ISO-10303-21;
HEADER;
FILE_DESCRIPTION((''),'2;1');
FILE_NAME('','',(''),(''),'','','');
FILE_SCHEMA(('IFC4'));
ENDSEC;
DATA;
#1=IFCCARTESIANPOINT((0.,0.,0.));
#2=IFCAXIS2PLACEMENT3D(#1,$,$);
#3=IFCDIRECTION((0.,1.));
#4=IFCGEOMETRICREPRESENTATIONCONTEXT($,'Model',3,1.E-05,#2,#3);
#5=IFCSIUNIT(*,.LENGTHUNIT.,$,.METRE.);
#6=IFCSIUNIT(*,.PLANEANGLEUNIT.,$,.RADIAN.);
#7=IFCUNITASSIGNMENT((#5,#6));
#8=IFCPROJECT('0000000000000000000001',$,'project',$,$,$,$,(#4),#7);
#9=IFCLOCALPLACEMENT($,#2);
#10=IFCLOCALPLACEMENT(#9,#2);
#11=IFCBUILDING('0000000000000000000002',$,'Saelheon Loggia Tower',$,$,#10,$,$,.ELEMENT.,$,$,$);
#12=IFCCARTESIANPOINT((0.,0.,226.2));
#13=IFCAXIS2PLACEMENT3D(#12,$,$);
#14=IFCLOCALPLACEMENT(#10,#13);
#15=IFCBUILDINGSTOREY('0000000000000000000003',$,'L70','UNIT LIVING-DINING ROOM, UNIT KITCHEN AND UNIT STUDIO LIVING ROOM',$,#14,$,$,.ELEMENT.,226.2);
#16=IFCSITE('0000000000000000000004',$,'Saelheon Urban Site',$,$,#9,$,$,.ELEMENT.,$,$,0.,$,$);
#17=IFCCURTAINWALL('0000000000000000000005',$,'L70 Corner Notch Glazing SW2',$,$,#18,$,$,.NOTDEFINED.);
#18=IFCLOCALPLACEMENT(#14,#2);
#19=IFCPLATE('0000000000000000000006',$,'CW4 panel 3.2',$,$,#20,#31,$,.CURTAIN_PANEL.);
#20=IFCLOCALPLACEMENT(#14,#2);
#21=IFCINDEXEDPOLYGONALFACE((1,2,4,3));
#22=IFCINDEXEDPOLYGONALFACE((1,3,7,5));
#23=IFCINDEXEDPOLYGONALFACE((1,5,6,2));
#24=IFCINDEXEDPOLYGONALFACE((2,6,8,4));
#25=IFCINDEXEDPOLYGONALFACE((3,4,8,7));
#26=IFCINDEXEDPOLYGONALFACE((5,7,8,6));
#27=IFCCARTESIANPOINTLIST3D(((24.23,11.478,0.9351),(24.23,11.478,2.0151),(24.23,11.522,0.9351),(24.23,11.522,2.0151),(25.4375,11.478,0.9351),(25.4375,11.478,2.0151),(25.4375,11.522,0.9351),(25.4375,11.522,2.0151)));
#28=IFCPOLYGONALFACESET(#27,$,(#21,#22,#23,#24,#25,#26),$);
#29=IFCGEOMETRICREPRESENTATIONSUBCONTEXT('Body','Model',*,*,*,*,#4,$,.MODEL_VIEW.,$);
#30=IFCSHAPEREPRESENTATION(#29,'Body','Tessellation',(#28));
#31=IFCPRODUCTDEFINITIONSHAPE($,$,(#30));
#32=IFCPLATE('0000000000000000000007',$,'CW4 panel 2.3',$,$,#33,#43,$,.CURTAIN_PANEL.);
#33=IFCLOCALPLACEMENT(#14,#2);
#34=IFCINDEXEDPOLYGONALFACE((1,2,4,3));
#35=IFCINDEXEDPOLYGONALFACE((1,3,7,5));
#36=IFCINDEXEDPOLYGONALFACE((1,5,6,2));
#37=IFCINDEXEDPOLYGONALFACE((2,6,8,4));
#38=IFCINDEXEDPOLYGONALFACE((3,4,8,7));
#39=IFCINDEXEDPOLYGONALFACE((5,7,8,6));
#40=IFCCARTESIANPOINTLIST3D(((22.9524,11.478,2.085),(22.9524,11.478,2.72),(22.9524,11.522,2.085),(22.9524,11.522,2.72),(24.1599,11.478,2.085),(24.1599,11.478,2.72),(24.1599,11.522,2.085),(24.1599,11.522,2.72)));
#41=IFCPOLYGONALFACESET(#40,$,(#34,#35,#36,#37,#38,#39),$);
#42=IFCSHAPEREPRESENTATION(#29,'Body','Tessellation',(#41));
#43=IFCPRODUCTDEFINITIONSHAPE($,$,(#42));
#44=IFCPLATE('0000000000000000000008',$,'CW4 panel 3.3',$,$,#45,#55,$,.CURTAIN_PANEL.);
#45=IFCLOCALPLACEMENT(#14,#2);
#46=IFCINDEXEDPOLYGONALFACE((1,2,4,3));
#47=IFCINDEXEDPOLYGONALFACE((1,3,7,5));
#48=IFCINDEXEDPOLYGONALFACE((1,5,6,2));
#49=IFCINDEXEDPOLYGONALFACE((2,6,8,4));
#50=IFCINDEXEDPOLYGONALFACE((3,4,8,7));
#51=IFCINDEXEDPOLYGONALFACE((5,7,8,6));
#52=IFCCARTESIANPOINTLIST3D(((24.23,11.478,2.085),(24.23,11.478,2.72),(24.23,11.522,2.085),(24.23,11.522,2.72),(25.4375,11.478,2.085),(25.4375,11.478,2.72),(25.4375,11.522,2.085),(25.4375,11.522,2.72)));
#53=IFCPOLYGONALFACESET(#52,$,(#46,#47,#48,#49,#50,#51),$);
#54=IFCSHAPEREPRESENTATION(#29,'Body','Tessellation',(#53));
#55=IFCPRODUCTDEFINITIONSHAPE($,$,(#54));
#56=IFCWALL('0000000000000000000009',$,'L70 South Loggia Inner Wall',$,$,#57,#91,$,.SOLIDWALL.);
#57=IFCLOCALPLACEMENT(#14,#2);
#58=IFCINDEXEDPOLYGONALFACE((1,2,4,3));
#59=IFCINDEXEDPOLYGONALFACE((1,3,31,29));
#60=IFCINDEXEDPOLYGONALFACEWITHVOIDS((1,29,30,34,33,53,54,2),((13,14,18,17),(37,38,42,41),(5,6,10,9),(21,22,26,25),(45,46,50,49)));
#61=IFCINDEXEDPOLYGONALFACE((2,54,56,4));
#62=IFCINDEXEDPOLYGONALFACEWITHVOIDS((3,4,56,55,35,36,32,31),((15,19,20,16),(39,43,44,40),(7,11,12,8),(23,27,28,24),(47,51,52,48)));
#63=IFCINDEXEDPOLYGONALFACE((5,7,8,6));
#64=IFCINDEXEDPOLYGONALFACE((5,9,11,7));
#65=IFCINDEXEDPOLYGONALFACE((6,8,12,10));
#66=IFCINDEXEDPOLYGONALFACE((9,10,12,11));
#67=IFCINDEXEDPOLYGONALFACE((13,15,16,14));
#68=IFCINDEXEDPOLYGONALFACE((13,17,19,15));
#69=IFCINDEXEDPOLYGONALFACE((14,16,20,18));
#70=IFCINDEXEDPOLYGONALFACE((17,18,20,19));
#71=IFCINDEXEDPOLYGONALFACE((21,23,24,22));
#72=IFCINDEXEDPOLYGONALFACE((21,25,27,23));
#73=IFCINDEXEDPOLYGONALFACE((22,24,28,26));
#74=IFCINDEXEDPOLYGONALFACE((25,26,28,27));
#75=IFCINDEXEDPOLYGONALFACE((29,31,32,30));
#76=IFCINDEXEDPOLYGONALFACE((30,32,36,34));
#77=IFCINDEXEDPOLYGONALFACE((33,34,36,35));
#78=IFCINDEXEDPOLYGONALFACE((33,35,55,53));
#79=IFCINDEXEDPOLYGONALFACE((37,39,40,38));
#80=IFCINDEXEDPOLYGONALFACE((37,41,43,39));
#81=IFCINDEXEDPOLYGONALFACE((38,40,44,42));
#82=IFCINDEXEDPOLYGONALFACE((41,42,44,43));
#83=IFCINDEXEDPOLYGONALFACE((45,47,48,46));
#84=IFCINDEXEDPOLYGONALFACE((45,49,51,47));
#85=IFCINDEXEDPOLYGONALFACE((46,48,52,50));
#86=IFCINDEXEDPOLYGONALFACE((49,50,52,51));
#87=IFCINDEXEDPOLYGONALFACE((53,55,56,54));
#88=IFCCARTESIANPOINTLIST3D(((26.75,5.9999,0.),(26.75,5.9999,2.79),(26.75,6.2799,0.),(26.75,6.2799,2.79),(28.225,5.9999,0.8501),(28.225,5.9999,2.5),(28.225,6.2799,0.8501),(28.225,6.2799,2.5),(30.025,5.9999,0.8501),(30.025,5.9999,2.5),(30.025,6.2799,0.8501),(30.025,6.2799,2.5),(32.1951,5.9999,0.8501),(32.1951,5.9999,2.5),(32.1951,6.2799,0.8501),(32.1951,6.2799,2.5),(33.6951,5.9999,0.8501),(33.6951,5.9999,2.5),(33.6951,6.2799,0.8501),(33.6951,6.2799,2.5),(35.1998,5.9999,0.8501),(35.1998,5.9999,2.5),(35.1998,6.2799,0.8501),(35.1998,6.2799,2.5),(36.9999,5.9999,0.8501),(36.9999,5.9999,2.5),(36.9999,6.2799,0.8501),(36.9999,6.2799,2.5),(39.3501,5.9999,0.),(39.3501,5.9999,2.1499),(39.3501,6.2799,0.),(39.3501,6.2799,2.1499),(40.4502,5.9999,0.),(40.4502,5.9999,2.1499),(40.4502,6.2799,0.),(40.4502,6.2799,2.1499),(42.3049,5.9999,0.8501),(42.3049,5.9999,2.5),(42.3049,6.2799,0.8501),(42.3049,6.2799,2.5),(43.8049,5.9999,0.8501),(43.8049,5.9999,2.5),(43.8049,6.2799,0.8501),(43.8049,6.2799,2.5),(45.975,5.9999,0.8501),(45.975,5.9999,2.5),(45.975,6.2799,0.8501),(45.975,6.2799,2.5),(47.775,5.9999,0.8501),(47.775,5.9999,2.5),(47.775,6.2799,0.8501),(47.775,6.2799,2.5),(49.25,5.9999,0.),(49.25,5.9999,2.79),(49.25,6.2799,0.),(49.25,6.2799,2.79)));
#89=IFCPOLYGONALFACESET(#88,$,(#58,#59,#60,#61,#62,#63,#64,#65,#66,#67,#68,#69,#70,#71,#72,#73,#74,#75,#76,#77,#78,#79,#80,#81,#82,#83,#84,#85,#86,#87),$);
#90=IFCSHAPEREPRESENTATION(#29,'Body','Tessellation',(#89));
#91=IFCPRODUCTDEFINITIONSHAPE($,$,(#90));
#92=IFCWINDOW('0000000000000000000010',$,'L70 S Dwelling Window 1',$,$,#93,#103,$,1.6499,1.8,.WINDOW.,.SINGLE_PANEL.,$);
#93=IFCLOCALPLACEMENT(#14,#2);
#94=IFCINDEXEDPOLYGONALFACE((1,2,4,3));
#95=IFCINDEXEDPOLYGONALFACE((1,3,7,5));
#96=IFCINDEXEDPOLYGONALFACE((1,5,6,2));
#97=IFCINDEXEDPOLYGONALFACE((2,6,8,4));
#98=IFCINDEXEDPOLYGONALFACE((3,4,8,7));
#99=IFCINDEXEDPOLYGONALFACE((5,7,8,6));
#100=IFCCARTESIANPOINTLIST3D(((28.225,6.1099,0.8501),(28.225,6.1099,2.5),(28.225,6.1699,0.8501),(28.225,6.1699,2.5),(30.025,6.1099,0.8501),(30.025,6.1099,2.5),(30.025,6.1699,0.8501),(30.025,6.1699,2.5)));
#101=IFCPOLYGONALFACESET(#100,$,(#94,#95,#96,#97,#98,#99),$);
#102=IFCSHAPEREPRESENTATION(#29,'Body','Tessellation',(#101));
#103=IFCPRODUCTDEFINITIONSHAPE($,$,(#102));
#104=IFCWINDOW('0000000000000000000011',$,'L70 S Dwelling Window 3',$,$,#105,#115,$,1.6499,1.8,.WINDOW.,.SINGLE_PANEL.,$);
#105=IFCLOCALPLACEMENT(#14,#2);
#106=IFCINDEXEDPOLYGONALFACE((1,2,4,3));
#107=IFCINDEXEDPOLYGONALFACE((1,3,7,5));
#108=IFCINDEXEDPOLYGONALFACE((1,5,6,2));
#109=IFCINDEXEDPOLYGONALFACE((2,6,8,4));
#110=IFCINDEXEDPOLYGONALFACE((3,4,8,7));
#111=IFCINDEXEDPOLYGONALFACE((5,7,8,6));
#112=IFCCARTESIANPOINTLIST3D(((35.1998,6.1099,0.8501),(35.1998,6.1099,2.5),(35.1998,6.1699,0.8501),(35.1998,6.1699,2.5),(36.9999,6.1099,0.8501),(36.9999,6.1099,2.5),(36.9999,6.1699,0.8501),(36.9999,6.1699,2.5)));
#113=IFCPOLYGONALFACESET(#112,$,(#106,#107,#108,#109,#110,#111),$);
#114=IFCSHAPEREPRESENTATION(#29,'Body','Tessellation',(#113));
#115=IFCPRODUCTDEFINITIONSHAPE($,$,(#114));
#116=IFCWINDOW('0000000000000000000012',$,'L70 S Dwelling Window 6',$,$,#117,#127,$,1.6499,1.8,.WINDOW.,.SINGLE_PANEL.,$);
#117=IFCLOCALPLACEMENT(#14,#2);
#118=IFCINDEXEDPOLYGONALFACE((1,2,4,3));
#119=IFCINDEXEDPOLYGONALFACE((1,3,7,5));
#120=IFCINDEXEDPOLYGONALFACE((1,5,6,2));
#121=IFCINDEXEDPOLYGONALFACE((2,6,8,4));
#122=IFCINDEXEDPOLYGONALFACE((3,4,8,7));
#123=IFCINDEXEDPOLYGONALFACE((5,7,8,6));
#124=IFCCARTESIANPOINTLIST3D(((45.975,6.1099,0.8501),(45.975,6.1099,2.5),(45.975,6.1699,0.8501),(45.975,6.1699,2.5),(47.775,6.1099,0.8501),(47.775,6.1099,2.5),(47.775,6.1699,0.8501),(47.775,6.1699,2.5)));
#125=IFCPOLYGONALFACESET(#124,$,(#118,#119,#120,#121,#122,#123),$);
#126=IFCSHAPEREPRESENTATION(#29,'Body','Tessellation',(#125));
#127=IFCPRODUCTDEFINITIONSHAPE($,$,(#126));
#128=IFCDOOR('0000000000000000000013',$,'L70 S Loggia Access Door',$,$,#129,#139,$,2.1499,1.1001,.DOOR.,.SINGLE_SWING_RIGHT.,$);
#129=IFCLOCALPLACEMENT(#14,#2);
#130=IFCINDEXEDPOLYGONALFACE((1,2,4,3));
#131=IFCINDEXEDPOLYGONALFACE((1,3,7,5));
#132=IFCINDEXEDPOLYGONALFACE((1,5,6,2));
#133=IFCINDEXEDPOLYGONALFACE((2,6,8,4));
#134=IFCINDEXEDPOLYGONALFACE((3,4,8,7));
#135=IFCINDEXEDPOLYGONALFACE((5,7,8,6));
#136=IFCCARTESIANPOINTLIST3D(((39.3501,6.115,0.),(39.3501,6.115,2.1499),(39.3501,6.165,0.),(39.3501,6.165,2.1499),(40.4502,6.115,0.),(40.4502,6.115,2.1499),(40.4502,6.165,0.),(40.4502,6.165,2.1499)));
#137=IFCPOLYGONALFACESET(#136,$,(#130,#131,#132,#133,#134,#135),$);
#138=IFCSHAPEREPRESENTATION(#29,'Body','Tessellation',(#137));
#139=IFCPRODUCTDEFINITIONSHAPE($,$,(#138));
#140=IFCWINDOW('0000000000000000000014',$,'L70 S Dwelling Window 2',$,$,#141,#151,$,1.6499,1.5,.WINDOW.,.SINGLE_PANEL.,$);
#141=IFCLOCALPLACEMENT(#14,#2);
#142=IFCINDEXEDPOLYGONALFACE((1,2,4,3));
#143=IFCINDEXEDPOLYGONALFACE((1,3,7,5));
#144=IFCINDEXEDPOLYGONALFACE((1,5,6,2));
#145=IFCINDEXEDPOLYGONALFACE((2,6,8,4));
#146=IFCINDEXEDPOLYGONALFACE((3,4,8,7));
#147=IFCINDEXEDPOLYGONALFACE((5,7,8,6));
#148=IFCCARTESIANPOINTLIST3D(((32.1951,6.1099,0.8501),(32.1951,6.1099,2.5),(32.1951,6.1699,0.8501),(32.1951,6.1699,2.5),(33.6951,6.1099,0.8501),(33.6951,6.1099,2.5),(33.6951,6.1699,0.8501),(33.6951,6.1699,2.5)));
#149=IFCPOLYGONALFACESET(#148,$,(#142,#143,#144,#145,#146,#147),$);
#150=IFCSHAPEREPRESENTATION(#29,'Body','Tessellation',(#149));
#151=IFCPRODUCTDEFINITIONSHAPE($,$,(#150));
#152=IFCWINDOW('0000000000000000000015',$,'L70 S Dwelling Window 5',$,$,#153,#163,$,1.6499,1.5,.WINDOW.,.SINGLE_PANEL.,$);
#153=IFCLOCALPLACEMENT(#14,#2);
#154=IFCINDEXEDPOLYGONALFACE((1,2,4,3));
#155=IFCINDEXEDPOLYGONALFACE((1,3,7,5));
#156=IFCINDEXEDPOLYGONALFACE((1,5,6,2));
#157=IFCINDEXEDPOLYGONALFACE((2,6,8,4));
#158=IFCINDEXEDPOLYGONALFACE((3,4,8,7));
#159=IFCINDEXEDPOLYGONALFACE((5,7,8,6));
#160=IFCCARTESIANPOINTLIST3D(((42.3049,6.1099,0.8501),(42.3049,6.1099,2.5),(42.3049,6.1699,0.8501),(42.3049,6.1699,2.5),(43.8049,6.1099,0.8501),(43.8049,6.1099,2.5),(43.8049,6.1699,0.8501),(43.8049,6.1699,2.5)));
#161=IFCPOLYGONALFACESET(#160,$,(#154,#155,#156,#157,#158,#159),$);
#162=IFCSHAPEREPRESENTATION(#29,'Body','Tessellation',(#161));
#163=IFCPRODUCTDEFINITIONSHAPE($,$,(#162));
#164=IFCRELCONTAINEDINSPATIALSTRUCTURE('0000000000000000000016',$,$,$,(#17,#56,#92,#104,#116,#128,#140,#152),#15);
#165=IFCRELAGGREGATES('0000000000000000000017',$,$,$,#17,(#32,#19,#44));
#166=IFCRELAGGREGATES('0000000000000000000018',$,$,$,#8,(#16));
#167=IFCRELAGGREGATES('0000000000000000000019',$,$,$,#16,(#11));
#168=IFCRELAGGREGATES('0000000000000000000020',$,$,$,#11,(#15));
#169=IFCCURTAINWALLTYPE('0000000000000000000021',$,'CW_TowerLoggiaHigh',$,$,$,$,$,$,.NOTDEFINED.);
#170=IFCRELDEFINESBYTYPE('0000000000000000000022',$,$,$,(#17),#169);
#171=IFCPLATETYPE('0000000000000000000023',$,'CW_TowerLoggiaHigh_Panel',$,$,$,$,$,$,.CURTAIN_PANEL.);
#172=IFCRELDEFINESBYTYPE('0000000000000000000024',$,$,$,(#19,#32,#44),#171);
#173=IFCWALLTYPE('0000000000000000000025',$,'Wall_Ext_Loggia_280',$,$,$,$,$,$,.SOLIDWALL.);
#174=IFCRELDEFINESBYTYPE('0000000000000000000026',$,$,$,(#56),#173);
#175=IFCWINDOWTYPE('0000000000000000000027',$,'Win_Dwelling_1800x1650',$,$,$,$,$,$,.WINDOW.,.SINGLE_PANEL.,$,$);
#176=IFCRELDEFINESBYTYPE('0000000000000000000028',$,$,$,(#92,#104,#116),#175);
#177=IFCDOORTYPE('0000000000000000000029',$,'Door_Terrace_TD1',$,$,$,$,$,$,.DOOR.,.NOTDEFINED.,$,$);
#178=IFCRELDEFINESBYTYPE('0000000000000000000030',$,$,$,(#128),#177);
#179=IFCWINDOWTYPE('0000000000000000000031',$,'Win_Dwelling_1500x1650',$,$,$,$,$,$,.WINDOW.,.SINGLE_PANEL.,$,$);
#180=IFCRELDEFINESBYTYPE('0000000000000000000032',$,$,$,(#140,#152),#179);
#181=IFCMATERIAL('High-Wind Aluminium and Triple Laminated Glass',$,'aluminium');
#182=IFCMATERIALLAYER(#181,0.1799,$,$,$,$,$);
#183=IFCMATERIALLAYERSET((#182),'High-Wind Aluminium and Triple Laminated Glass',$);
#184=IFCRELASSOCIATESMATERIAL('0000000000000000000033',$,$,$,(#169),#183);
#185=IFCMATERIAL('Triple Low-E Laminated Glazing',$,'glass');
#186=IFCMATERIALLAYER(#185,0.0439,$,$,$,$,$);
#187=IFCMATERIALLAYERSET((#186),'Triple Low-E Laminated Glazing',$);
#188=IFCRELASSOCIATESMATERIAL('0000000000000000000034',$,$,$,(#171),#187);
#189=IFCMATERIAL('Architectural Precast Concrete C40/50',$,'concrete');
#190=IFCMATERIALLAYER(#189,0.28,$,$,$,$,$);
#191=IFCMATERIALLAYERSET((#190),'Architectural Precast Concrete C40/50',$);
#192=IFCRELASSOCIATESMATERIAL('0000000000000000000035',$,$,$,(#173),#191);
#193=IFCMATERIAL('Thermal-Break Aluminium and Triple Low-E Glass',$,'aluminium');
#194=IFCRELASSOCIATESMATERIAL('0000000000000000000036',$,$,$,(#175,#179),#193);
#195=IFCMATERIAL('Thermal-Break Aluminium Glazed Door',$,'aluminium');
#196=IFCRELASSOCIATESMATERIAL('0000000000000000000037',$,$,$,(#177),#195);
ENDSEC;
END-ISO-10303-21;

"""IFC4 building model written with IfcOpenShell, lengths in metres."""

from ifc_helpers import new_model, si_unit, direction, frame, frame_2d, origin, origin_2d, place, context, subcontext, project, spatial, rectangle, extrude, source, transform, mapped, material, layer, layer_set, type_object, element, fill, aggregate, save


model = new_model("IFC4")

# Units and contexts
model_context = context("Model", 3, precision=1e-05, world=origin(), true_north=direction((0.0, 1.0)))
body_context = subcontext(model_context, "Body", "Model", "MODEL_VIEW")
ifc_project = project(units=[si_unit("LENGTHUNIT", "METRE"), si_unit("PLANEANGLEUNIT", "RADIAN")], contexts=[model_context])

# Site, building, storey
site_placement = place(None, origin())
site = spatial("IfcSite", under=ifc_project, at=site_placement, Name="Saelheon Urban Site", CompositionType="ELEMENT", RefElevation=0.0)
building_placement = place(site_placement, origin())
building = spatial("IfcBuilding", under=site, at=building_placement, Name="Saelheon Loggia Tower", CompositionType="ELEMENT")
storey_placement = place(building_placement, frame((0.0, 0.0, 226.2)))
storey = spatial("IfcBuildingStorey", under=building, at=storey_placement, Name="L70", Description="UNIT LIVING-DINING ROOM, UNIT KITCHEN AND UNIT STUDIO LIVING ROOM", CompositionType="ELEMENT", Elevation=226.2)

# Shared definitions
ifc_material_1 = material(Name="High-Wind Aluminium and Triple Laminated Glass", Category="aluminium")
ifc_layer_1 = layer(ifc_material_1, 0.1799)
ifc_layer_set_1 = layer_set([ifc_layer_1], Name="High-Wind Aluminium and Triple Laminated Glass")
curtain_wall_type = type_object("IfcCurtainWallType", Name="CW_TowerLoggiaHigh", PredefinedType="NOTDEFINED", material=ifc_layer_set_1)

# Curtain wall
curtain_wall_1_placement = place(storey_placement, origin())
curtain_wall_1 = element("IfcCurtainWall", 1, at=curtain_wall_1_placement, inside=storey, type_object=curtain_wall_type, Name="L70 Corner Notch Glazing SW2", PredefinedType="NOTDEFINED")

# Plates
ifc_material_2 = material(Name="Triple Low-E Laminated Glazing", Category="glass")
ifc_layer_2 = layer(ifc_material_2, 0.0439)
ifc_layer_set_2 = layer_set([ifc_layer_2], Name="Triple Low-E Laminated Glazing")
plate_type = type_object("IfcPlateType", Name="CW_TowerLoggiaHigh_Panel", PredefinedType="CURTAIN_PANEL", material=ifc_layer_set_2)
shared_shape_1 = source(origin(), body_context, "Body", "SweptSolid", [
    extrude(rectangle(XDim=1.2075, YDim=0.0439, at=origin_2d()), origin(), (0.0, 0.0, 1.0), 1.0801),
])
plate_1_placement = place(storey_placement, frame((24.8337, 11.5, 0.9351), z_axis=(0.0, 0.0, 1.0), x_axis=(1.0, 0.0, 0.0)))
plate_1 = element("IfcPlate", 2, at=plate_1_placement, type_object=plate_type, Name="CW4 panel 3.2", PredefinedType="CURTAIN_PANEL", context=body_context, shape_type="MappedRepresentation", body=[
    mapped(shared_shape_1, transform((0.0, 0.0, 0.0), scale=1.0)),
])
shared_shape_2 = source(origin(), body_context, "Body", "SweptSolid", [
    extrude(rectangle(XDim=1.2075, YDim=0.0439, at=origin_2d()), origin(), (0.0, 0.0, 1.0), 0.635),
])
plate_2_placement = place(storey_placement, frame((23.5562, 11.5, 2.085), z_axis=(0.0, 0.0, 1.0), x_axis=(1.0, 0.0, 0.0)))
plate_2 = element("IfcPlate", 3, at=plate_2_placement, type_object=plate_type, Name="CW4 panel 2.3", PredefinedType="CURTAIN_PANEL", context=body_context, shape_type="MappedRepresentation", body=[
    mapped(shared_shape_2, transform((0.0, 0.0, 0.0), scale=1.0)),
])
plate_3_placement = place(storey_placement, frame((24.8337, 11.5, 2.085), z_axis=(0.0, 0.0, 1.0), x_axis=(1.0, 0.0, 0.0)))
plate_3 = element("IfcPlate", 4, at=plate_3_placement, type_object=plate_type, Name="CW4 panel 3.3", PredefinedType="CURTAIN_PANEL", context=body_context, shape_type="MappedRepresentation", body=[
    mapped(shared_shape_2, transform((0.0, 0.0, 0.0), scale=1.0)),
])
aggregate(curtain_wall_1, [plate_2, plate_1, plate_3])

# Wall, openings, windows, door
ifc_material_3 = material(Name="Architectural Precast Concrete C40/50", Category="concrete")
ifc_layer_3 = layer(ifc_material_3, 0.28)
ifc_layer_set_3 = layer_set([ifc_layer_3], Name="Architectural Precast Concrete C40/50")
wall_type = type_object("IfcWallType", Name="Wall_Ext_Loggia_280", PredefinedType="SOLIDWALL", material=ifc_layer_set_3)
wall_placement = place(storey_placement, frame((26.75, 6.1399, 0.0), z_axis=(0.0, 0.0, 1.0), x_axis=(1.0, 0.0, 0.0)))
wall = element("IfcWall", 5, at=wall_placement, inside=storey, type_object=wall_type, Name="L70 South Loggia Inner Wall", PredefinedType="SOLIDWALL", context=body_context, shape_type="SweptSolid", body=[
    extrude(rectangle(XDim=22.5, YDim=0.28, at=frame_2d((11.25, 0.0))), origin(), (0.0, 0.0, 1.0), 2.79),
])
opening_1_placement = place(wall_placement, frame((1.4751, 0.0, 0.8501)))
opening_1 = element("IfcOpeningElement", 6, at=opening_1_placement, cuts=wall, PredefinedType="OPENING", context=body_context, shape_type="SweptSolid", body=[
    extrude(rectangle(XDim=1.8, YDim=1.6499, at=frame_2d((0.8999, 0.825))), frame((0.0, 0.1521, 0.0), z_axis=(0.0, -1.0, 0.0), x_axis=(1.0, 0.0, 0.0)), (0.0, 0.0, 1.0), 0.304),
])
opening_2_placement = place(wall_placement, frame((5.4451, 0.0, 0.8501)))
opening_2 = element("IfcOpeningElement", 7, at=opening_2_placement, cuts=wall, PredefinedType="OPENING", context=body_context, shape_type="SweptSolid", body=[
    extrude(rectangle(XDim=1.5, YDim=1.6499, at=frame_2d((0.75, 0.825))), frame((0.0, 0.1521, 0.0), z_axis=(0.0, -1.0, 0.0), x_axis=(1.0, 0.0, 0.0)), (0.0, 0.0, 1.0), 0.304),
])
opening_3_placement = place(wall_placement, frame((8.45, 0.0, 0.8501)))
opening_3 = element("IfcOpeningElement", 8, at=opening_3_placement, cuts=wall, PredefinedType="OPENING", context=body_context, shape_type="SweptSolid", body=[
    extrude(rectangle(XDim=1.8, YDim=1.6499, at=frame_2d((0.8999, 0.825))), frame((0.0, 0.1521, 0.0), z_axis=(0.0, -1.0, 0.0), x_axis=(1.0, 0.0, 0.0)), (0.0, 0.0, 1.0), 0.304),
])
opening_4_placement = place(wall_placement, frame((13.7002, 0.0, 0.0), z_axis=(0.0, 0.0, 1.0), x_axis=(-1.0, 0.0, 0.0)))
opening_4 = element("IfcOpeningElement", 9, at=opening_4_placement, cuts=wall, PredefinedType="OPENING", context=body_context, shape_type="SweptSolid", body=[
    extrude(rectangle(XDim=1.1001, YDim=2.1499, at=frame_2d((0.55, 1.075))), frame((0.0, 0.1521, 0.0), z_axis=(0.0, -1.0, 0.0), x_axis=(1.0, 0.0, 0.0)), (0.0, 0.0, 1.0), 0.304),
])
opening_5_placement = place(wall_placement, frame((15.5549, 0.0, 0.8501)))
opening_5 = element("IfcOpeningElement", 10, at=opening_5_placement, cuts=wall, PredefinedType="OPENING", context=body_context, shape_type="SweptSolid", body=[
    extrude(rectangle(XDim=1.5, YDim=1.6499, at=frame_2d((0.75, 0.825))), frame((0.0, 0.1521, 0.0), z_axis=(0.0, -1.0, 0.0), x_axis=(1.0, 0.0, 0.0)), (0.0, 0.0, 1.0), 0.304),
])
opening_6_placement = place(wall_placement, frame((19.2251, 0.0, 0.8501)))
opening_6 = element("IfcOpeningElement", 11, at=opening_6_placement, cuts=wall, PredefinedType="OPENING", context=body_context, shape_type="SweptSolid", body=[
    extrude(rectangle(XDim=1.8, YDim=1.6499, at=frame_2d((0.8999, 0.825))), frame((0.0, 0.1521, 0.0), z_axis=(0.0, -1.0, 0.0), x_axis=(1.0, 0.0, 0.0)), (0.0, 0.0, 1.0), 0.304),
])
ifc_material_4 = material(Name="Thermal-Break Aluminium and Triple Low-E Glass", Category="aluminium")
window_type_1 = type_object("IfcWindowType", Name="Win_Dwelling_1800x1650", PartitioningType="SINGLE_PANEL", PredefinedType="WINDOW", material=ifc_material_4)
shared_shape_3 = source(origin(), body_context, "Body", "SweptSolid", [
    extrude(rectangle(XDim=1.8, YDim=1.6499, at=frame_2d((0.8999, 0.825))), frame((0.0, 0.03, 0.0), z_axis=(0.0, -1.0, 0.0), x_axis=(1.0, 0.0, 0.0)), (0.0, 0.0, 1.0), 0.0601),
])
window_1_placement = place(opening_1_placement, origin())
window_1 = element("IfcWindow", 12, at=window_1_placement, inside=storey, type_object=window_type_1, Name="L70 S Dwelling Window 1", OverallHeight=1.6499, OverallWidth=1.8, PartitioningType="SINGLE_PANEL", PredefinedType="WINDOW", context=body_context, shape_type="MappedRepresentation", body=[
    mapped(shared_shape_3, transform((0.0, 0.0, 0.0), scale=1.0)),
])
fill(opening_1, window_1)
window_2_placement = place(opening_3_placement, origin())
window_2 = element("IfcWindow", 13, at=window_2_placement, inside=storey, type_object=window_type_1, Name="L70 S Dwelling Window 3", OverallHeight=1.6499, OverallWidth=1.8, PartitioningType="SINGLE_PANEL", PredefinedType="WINDOW", context=body_context, shape_type="MappedRepresentation", body=[
    mapped(shared_shape_3, transform((0.0, 0.0, 0.0), scale=1.0)),
])
fill(opening_3, window_2)
window_3_placement = place(opening_6_placement, origin())
window_3 = element("IfcWindow", 14, at=window_3_placement, inside=storey, type_object=window_type_1, Name="L70 S Dwelling Window 6", OverallHeight=1.6499, OverallWidth=1.8, PartitioningType="SINGLE_PANEL", PredefinedType="WINDOW", context=body_context, shape_type="MappedRepresentation", body=[
    mapped(shared_shape_3, transform((0.0, 0.0, 0.0), scale=1.0)),
])
fill(opening_6, window_3)
ifc_material_5 = material(Name="Thermal-Break Aluminium Glazed Door", Category="aluminium")
door_type = type_object("IfcDoorType", Name="Door_Terrace_TD1", OperationType="NOTDEFINED", PredefinedType="DOOR", material=ifc_material_5)
shared_shape_4 = source(origin(), body_context, "Body", "SweptSolid", [
    extrude(rectangle(XDim=1.1001, YDim=2.1499, at=frame_2d((0.55, 1.075))), frame((0.0, 0.0249, 0.0), z_axis=(0.0, -1.0, 0.0), x_axis=(1.0, 0.0, 0.0)), (0.0, 0.0, 1.0), 0.05),
])
door_placement = place(opening_4_placement, origin())
door = element("IfcDoor", 15, at=door_placement, inside=storey, type_object=door_type, Name="L70 S Loggia Access Door", OperationType="SINGLE_SWING_RIGHT", OverallHeight=2.1499, OverallWidth=1.1001, PredefinedType="DOOR", context=body_context, shape_type="MappedRepresentation", body=[
    mapped(shared_shape_4, transform((0.0, 0.0, 0.0), scale=1.0)),
])
fill(opening_4, door)
window_type_2 = type_object("IfcWindowType", Name="Win_Dwelling_1500x1650", PartitioningType="SINGLE_PANEL", PredefinedType="WINDOW", material=ifc_material_4)
shared_shape_5 = source(origin(), body_context, "Body", "SweptSolid", [
    extrude(rectangle(XDim=1.5, YDim=1.6499, at=frame_2d((0.75, 0.825))), frame((0.0, 0.03, 0.0), z_axis=(0.0, -1.0, 0.0), x_axis=(1.0, 0.0, 0.0)), (0.0, 0.0, 1.0), 0.0601),
])
window_4_placement = place(opening_2_placement, origin())
window_4 = element("IfcWindow", 16, at=window_4_placement, inside=storey, type_object=window_type_2, Name="L70 S Dwelling Window 2", OverallHeight=1.6499, OverallWidth=1.5, PartitioningType="SINGLE_PANEL", PredefinedType="WINDOW", context=body_context, shape_type="MappedRepresentation", body=[
    mapped(shared_shape_5, transform((0.0, 0.0, 0.0), scale=1.0)),
])
fill(opening_2, window_4)
window_5_placement = place(opening_5_placement, origin())
window_5 = element("IfcWindow", 17, at=window_5_placement, inside=storey, type_object=window_type_2, Name="L70 S Dwelling Window 5", OverallHeight=1.6499, OverallWidth=1.5, PartitioningType="SINGLE_PANEL", PredefinedType="WINDOW", context=body_context, shape_type="MappedRepresentation", body=[
    mapped(shared_shape_5, transform((0.0, 0.0, 0.0), scale=1.0)),
])
fill(opening_5, window_5)

save(model, "model.ifc")
